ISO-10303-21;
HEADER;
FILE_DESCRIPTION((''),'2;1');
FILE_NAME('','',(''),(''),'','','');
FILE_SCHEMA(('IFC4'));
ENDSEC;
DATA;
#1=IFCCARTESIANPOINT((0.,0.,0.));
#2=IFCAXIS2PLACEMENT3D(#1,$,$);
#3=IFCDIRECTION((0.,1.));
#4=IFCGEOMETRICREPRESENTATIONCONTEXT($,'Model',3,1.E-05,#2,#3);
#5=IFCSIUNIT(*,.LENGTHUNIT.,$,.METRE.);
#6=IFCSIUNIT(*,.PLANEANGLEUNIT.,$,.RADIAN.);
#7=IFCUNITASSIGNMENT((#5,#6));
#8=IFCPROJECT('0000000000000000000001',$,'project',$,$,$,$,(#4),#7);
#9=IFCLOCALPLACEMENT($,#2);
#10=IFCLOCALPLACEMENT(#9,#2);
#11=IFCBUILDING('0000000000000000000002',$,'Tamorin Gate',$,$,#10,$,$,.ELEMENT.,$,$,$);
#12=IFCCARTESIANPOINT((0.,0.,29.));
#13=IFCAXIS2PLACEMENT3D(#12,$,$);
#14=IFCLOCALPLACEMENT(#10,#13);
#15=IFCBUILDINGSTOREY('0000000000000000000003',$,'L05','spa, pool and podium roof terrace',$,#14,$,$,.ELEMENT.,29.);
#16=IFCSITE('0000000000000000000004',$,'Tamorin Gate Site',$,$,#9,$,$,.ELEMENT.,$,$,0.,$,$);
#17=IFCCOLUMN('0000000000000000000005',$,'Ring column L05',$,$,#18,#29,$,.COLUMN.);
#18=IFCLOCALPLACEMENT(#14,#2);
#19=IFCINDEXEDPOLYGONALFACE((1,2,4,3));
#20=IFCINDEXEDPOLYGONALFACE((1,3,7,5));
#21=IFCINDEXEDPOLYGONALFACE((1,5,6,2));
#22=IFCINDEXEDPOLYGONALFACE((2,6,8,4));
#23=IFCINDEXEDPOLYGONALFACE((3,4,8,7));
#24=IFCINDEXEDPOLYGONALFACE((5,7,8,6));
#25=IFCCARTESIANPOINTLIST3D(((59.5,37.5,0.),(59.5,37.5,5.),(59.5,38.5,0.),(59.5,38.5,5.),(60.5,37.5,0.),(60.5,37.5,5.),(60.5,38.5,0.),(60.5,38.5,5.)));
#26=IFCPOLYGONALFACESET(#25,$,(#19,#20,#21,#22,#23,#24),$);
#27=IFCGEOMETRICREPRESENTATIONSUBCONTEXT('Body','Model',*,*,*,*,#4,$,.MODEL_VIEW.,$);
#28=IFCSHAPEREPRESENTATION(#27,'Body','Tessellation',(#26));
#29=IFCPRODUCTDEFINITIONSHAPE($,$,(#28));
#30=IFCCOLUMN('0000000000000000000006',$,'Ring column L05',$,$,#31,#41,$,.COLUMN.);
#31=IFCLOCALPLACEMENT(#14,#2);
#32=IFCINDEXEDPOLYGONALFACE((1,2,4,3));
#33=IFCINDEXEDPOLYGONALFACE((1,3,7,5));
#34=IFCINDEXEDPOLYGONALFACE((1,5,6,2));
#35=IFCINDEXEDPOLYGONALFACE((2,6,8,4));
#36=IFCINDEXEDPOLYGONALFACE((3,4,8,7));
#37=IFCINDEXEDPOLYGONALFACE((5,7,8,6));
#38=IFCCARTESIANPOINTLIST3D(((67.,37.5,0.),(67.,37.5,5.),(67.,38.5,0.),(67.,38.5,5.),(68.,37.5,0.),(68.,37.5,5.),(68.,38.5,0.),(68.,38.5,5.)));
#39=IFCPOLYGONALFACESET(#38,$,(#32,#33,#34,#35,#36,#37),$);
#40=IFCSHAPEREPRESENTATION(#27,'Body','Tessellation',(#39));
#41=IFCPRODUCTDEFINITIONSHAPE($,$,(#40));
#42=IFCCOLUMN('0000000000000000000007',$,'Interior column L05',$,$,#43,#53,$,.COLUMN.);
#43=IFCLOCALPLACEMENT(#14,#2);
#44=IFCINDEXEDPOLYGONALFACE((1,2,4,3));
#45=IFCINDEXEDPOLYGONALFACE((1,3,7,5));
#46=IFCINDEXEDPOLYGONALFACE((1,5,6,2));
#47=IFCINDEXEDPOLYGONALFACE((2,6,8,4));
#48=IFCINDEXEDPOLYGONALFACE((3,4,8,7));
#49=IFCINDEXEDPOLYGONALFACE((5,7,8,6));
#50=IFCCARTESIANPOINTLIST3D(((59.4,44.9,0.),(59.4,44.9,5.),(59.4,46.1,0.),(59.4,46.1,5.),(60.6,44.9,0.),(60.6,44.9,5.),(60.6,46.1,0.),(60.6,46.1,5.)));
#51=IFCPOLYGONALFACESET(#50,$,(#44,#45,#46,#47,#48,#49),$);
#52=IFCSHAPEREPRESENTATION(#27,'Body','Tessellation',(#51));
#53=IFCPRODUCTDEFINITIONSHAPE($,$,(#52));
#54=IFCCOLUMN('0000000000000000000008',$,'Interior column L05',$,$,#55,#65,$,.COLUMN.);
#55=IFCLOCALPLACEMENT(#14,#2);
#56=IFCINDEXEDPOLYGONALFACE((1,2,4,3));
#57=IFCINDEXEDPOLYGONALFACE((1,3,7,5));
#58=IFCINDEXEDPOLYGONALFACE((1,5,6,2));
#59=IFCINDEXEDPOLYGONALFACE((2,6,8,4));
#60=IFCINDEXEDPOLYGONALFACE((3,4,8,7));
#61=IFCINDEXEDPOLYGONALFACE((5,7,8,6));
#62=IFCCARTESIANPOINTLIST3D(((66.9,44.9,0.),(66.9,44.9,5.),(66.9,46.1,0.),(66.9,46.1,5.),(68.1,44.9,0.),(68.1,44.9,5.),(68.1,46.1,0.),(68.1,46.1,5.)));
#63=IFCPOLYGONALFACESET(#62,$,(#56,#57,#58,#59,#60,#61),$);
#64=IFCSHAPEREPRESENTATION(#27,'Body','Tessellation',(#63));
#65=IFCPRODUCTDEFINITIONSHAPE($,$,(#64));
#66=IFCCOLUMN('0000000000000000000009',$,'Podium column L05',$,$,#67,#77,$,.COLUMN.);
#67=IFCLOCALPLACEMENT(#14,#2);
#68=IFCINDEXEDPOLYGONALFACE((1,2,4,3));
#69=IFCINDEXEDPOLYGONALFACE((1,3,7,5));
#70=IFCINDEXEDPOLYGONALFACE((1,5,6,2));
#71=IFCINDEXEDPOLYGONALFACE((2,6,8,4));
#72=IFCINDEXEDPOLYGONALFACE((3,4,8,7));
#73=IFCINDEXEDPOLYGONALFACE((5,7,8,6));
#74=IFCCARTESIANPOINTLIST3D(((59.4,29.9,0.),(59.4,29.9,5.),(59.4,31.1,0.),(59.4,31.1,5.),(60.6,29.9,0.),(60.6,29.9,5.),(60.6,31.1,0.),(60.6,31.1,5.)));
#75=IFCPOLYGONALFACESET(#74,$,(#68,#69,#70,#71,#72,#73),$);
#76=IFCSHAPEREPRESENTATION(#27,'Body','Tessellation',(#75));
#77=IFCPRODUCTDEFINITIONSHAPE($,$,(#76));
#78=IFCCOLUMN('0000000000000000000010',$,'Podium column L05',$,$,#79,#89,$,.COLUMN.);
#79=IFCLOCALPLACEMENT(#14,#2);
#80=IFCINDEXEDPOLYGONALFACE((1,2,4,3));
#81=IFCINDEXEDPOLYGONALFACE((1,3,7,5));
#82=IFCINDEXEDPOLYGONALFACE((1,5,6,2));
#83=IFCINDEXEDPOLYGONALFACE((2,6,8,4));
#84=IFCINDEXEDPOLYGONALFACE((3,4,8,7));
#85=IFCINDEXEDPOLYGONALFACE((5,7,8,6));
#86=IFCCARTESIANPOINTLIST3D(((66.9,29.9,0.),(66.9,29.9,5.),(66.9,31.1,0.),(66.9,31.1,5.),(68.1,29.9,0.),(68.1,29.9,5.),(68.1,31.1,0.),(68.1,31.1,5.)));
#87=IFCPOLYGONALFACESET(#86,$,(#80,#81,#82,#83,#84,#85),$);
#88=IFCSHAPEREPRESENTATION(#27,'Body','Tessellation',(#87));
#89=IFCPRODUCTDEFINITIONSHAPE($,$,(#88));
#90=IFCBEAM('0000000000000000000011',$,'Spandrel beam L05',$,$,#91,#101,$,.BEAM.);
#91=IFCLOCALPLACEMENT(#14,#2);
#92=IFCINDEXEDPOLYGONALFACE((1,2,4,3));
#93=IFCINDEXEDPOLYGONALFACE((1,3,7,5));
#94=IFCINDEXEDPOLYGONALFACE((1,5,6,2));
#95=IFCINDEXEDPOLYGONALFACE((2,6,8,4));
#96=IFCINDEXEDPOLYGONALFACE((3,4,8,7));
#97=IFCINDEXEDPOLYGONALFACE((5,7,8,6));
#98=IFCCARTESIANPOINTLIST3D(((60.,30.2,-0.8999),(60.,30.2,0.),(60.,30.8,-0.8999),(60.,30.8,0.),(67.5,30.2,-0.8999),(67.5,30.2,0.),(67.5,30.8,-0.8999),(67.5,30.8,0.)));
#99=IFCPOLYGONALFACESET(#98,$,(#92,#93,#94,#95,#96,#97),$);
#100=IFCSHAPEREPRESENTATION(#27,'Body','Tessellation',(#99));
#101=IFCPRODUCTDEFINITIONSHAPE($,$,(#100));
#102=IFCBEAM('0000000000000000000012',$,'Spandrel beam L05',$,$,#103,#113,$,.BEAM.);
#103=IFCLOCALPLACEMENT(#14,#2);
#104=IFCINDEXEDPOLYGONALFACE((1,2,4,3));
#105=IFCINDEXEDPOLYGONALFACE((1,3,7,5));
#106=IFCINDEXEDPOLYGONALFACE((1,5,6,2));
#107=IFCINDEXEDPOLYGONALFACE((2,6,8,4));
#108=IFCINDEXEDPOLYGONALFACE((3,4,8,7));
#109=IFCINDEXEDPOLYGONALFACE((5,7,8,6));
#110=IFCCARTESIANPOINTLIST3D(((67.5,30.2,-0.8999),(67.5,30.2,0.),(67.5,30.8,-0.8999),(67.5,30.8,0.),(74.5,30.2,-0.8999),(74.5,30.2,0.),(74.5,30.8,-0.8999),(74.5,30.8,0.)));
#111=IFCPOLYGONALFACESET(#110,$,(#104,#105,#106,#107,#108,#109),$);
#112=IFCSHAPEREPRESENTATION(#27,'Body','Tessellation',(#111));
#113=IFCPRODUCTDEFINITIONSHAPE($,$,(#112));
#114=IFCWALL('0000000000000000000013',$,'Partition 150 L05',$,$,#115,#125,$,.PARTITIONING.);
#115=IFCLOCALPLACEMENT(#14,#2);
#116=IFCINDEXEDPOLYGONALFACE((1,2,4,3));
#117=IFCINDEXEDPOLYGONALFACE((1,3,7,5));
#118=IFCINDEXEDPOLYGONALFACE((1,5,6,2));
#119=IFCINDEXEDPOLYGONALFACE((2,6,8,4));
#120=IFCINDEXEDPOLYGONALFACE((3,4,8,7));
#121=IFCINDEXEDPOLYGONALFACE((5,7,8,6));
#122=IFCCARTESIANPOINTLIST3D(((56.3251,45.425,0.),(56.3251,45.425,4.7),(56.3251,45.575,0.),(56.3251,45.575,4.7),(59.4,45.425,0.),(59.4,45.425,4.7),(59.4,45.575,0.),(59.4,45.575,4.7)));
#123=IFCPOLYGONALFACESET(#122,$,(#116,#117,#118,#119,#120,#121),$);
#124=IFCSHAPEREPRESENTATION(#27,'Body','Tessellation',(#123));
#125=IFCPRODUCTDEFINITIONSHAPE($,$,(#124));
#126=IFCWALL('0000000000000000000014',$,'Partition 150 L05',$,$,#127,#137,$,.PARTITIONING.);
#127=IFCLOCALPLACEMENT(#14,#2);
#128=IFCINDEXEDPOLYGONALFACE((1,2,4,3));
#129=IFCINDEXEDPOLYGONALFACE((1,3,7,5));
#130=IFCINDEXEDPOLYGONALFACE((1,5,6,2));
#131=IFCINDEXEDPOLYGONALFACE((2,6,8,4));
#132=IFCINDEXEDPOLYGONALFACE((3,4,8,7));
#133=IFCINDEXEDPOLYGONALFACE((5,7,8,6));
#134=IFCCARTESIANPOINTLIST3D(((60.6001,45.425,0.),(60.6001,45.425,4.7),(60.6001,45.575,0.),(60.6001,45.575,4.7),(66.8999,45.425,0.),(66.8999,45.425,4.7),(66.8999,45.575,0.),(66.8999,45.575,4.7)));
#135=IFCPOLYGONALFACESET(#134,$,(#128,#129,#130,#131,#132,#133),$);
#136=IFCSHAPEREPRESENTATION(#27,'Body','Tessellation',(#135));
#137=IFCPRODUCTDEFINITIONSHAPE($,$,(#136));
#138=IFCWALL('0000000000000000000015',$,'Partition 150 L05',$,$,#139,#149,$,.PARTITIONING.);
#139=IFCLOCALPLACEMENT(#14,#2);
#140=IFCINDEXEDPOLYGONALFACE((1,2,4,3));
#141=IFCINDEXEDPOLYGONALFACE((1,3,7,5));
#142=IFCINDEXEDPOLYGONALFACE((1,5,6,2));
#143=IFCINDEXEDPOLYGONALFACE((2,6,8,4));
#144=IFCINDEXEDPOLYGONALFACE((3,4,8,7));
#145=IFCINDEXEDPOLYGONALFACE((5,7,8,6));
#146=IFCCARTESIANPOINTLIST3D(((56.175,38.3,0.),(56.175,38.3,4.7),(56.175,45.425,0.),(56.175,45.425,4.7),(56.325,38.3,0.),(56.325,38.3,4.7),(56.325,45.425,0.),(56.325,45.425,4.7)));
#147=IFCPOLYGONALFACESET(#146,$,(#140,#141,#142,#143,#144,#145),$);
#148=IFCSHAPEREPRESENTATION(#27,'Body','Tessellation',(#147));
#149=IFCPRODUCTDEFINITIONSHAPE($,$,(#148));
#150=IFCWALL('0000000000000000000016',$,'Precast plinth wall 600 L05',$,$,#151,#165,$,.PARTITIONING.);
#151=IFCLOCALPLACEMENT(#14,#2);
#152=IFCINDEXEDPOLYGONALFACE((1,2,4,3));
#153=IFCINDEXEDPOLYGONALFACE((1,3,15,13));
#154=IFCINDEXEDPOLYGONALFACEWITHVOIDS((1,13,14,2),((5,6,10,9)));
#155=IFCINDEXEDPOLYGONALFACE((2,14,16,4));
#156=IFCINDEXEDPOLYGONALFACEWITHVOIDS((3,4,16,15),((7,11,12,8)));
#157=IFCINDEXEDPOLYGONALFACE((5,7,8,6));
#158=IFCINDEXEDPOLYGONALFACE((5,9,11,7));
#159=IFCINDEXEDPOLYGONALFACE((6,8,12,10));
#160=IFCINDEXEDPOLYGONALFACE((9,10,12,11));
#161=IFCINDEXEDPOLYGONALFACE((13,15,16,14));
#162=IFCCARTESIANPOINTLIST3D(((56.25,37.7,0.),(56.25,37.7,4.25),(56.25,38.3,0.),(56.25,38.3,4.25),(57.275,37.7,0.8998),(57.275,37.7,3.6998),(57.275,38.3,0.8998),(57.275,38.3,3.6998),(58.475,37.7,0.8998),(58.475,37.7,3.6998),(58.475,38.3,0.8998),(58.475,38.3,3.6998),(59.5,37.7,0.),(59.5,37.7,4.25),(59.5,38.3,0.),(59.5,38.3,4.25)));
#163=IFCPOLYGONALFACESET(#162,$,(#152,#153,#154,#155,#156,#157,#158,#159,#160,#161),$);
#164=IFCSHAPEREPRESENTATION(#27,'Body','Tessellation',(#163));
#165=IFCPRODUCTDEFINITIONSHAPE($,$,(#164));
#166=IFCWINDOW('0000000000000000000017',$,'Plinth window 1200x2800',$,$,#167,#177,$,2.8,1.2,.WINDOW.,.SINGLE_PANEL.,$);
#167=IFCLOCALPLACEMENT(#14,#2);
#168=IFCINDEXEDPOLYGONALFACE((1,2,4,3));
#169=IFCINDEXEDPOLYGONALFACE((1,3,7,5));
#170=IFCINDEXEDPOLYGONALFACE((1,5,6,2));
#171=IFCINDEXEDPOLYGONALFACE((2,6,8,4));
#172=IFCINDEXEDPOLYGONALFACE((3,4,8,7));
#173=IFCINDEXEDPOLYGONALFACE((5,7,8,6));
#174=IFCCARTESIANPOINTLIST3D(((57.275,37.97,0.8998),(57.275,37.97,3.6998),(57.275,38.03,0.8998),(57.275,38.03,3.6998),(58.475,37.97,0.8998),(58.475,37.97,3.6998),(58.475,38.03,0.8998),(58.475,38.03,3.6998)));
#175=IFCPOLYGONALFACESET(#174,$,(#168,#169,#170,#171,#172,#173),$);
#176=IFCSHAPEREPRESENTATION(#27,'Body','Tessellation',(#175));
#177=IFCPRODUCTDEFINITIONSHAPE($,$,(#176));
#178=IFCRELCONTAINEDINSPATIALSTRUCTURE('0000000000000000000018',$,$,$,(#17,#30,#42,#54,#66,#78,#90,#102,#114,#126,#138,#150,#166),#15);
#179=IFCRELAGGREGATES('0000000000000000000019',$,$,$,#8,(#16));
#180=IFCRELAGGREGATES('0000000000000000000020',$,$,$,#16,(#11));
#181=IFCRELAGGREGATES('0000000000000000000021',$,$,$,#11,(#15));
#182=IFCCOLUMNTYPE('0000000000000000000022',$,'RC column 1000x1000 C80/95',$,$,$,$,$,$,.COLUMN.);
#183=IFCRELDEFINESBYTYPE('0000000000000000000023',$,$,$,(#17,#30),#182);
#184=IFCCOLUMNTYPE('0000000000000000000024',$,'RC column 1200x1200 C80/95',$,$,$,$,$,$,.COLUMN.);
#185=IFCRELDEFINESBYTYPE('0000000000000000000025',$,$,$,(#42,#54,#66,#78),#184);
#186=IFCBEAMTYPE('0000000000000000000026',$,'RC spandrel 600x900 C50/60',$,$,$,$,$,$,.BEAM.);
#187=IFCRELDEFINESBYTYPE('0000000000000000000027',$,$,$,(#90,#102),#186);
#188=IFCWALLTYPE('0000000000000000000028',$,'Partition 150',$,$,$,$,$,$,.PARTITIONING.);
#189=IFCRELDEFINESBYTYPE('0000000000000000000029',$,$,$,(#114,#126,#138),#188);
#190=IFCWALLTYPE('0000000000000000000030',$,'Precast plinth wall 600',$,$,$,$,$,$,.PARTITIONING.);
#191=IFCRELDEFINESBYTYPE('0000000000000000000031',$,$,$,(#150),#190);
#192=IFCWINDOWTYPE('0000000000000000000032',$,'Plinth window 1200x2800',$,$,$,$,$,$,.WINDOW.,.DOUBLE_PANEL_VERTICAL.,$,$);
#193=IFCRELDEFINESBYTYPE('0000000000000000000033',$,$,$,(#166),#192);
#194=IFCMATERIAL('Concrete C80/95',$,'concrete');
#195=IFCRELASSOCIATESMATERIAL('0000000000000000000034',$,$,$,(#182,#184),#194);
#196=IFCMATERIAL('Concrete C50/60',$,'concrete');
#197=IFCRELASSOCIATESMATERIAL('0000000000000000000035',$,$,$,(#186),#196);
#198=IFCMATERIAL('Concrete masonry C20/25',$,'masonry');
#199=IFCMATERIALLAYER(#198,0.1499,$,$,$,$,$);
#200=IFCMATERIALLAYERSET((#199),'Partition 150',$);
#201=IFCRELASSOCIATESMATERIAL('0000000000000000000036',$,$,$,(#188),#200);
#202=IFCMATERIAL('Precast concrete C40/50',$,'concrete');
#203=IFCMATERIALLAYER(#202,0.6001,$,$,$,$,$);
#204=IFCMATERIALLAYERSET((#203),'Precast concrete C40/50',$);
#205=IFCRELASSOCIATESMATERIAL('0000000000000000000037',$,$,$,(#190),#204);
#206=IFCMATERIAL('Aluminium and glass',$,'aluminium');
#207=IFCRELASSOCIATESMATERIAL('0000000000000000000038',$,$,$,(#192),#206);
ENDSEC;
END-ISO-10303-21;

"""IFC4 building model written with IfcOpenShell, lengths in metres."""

from ifc_helpers import new_model, si_unit, direction, frame, frame_2d, origin, origin_2d, place, context, subcontext, project, spatial, rectangle, extrude, material, layer, layer_set, material_profile, profile_set, type_object, element, fill, save


model = new_model("IFC4")

# Units and contexts
model_context = context("Model", 3, precision=1e-05, world=origin(), true_north=direction((0.0, 1.0)))
body_context = subcontext(model_context, "Body", "Model", "MODEL_VIEW")
ifc_project = project(units=[si_unit("LENGTHUNIT", "METRE"), si_unit("PLANEANGLEUNIT", "RADIAN")], contexts=[model_context])

# Site, building, storey
site_placement = place(None, origin())
site = spatial("IfcSite", under=ifc_project, at=site_placement, Name="Tamorin Gate Site", CompositionType="ELEMENT", RefElevation=0.0)
building_placement = place(site_placement, origin())
building = spatial("IfcBuilding", under=site, at=building_placement, Name="Tamorin Gate", CompositionType="ELEMENT")
storey_placement = place(building_placement, frame((0.0, 0.0, 29.0)))
storey = spatial("IfcBuildingStorey", under=building, at=storey_placement, Name="L05", Description="spa, pool and podium roof terrace", CompositionType="ELEMENT", Elevation=29.0)

# Columns
ifc_material_1 = material(Name="Concrete C80/95", Category="concrete")
ifc_material_profile_1 = material_profile(ifc_material_1, rectangle(XDim=1.0, YDim=1.0, at=origin_2d()), Name="RC 1000x1000")
ifc_profile_set_1 = profile_set([ifc_material_profile_1], Name="Concrete C80/95")
column_type_1 = type_object("IfcColumnType", Name="RC column 1000x1000 C80/95", PredefinedType="COLUMN", material=ifc_profile_set_1)
for number, where, z_axis, x_axis, name in (
    (1, (60.0, 38.0, 0.0), (0.0, 0.0, 1.0), (1.0, 0.0, 0.0), "Ring column L05"),
    (2, (67.5, 38.0, 0.0), (0.0, 0.0, 1.0), (1.0, 0.0, 0.0), "Ring column L05"),
):
    element("IfcColumn", number, at=place(storey_placement, frame(where, z_axis=z_axis, x_axis=x_axis)), inside=storey, type_object=column_type_1, Name=name, PredefinedType="COLUMN", context=body_context, shape_type="SweptSolid", body=[
        extrude(rectangle(XDim=1.0, YDim=1.0, at=origin_2d()), origin(), (0.0, 0.0, 1.0), 5.0),
    ])
ifc_material_profile_2 = material_profile(ifc_material_1, rectangle(XDim=1.2, YDim=1.2, at=origin_2d()), Name="RC 1200x1200")
ifc_profile_set_2 = profile_set([ifc_material_profile_2], Name="Concrete C80/95")
column_type_2 = type_object("IfcColumnType", Name="RC column 1200x1200 C80/95", PredefinedType="COLUMN", material=ifc_profile_set_2)
for number, where, z_axis, x_axis, name in (
    (3, (60.0, 45.5, 0.0), (0.0, 0.0, 1.0), (1.0, 0.0, 0.0), "Interior column L05"),
    (4, (67.5, 45.5, 0.0), (0.0, 0.0, 1.0), (1.0, 0.0, 0.0), "Interior column L05"),
    (5, (60.0, 30.5, 0.0), (0.0, 0.0, 1.0), (1.0, 0.0, 0.0), "Podium column L05"),
    (6, (67.5, 30.5, 0.0), (0.0, 0.0, 1.0), (1.0, 0.0, 0.0), "Podium column L05"),
):
    element("IfcColumn", number, at=place(storey_placement, frame(where, z_axis=z_axis, x_axis=x_axis)), inside=storey, type_object=column_type_2, Name=name, PredefinedType="COLUMN", context=body_context, shape_type="SweptSolid", body=[
        extrude(rectangle(XDim=1.2, YDim=1.2, at=origin_2d()), origin(), (0.0, 0.0, 1.0), 5.0),
    ])

# Beams
ifc_material_2 = material(Name="Concrete C50/60", Category="concrete")
ifc_material_profile_3 = material_profile(ifc_material_2, rectangle(XDim=0.6001, YDim=0.8999, at=origin_2d()), Name="RC 600x900")
ifc_profile_set_3 = profile_set([ifc_material_profile_3], Name="Concrete C50/60")
beam_type = type_object("IfcBeamType", Name="RC spandrel 600x900 C50/60", PredefinedType="BEAM", material=ifc_profile_set_3)
beam_1_placement = place(storey_placement, frame((60.0, 30.5, -0.45), z_axis=(1.0, 0.0, 0.0), x_axis=(0.0, 1.0, 0.0)))
element("IfcBeam", 7, at=beam_1_placement, inside=storey, type_object=beam_type, Name="Spandrel beam L05", PredefinedType="BEAM", context=body_context, shape_type="SweptSolid", body=[
    extrude(rectangle(XDim=0.6001, YDim=0.8999, at=origin_2d()), origin(), (0.0, 0.0, 1.0), 7.5),
])
beam_2_placement = place(storey_placement, frame((67.5, 30.5, -0.45), z_axis=(1.0, 0.0, 0.0), x_axis=(0.0, 1.0, 0.0)))
element("IfcBeam", 8, at=beam_2_placement, inside=storey, type_object=beam_type, Name="Spandrel beam L05", PredefinedType="BEAM", context=body_context, shape_type="SweptSolid", body=[
    extrude(rectangle(XDim=0.6001, YDim=0.8999, at=origin_2d()), origin(), (0.0, 0.0, 1.0), 7.0),
])

# Walls
ifc_material_3 = material(Name="Concrete masonry C20/25", Category="masonry")
ifc_layer_1 = layer(ifc_material_3, 0.1499)
ifc_layer_set_1 = layer_set([ifc_layer_1], Name="Partition 150")
wall_type_1 = type_object("IfcWallType", Name="Partition 150", PredefinedType="PARTITIONING", material=ifc_layer_set_1)
wall_1_placement = place(storey_placement, frame((56.325, 45.5, 0.0), z_axis=(0.0, 0.0, 1.0), x_axis=(1.0, 0.0, 0.0)))
element("IfcWall", 9, at=wall_1_placement, inside=storey, type_object=wall_type_1, Name="Partition 150 L05", PredefinedType="PARTITIONING", context=body_context, shape_type="SweptSolid", body=[
    extrude(rectangle(XDim=3.075, YDim=0.1499, at=frame_2d((1.5376, 0.0))), origin(), (0.0, 0.0, 1.0), 4.7),
])
wall_2_placement = place(storey_placement, frame((60.6001, 45.5, 0.0), z_axis=(0.0, 0.0, 1.0), x_axis=(1.0, 0.0, 0.0)))
element("IfcWall", 10, at=wall_2_placement, inside=storey, type_object=wall_type_1, Name="Partition 150 L05", PredefinedType="PARTITIONING", context=body_context, shape_type="SweptSolid", body=[
    extrude(rectangle(XDim=6.2998, YDim=0.1499, at=frame_2d((3.1499, 0.0))), origin(), (0.0, 0.0, 1.0), 4.7),
])

# Wall
wall_3_placement = place(storey_placement, frame((56.25, 38.3, 0.0), z_axis=(0.0, 0.0, 1.0), x_axis=(0.0, 1.0, 0.0)))
element("IfcWall", 11, at=wall_3_placement, inside=storey, type_object=wall_type_1, Name="Partition 150 L05", PredefinedType="PARTITIONING", context=body_context, shape_type="SweptSolid", body=[
    extrude(rectangle(XDim=7.125, YDim=0.1499, at=frame_2d((3.5625, 0.0))), origin(), (0.0, 0.0, 1.0), 4.7),
])

# Wall, opening, window
ifc_material_4 = material(Name="Precast concrete C40/50", Category="concrete")
ifc_layer_2 = layer(ifc_material_4, 0.6001)
ifc_layer_set_2 = layer_set([ifc_layer_2], Name="Precast concrete C40/50")
wall_type_2 = type_object("IfcWallType", Name="Precast plinth wall 600", PredefinedType="PARTITIONING", material=ifc_layer_set_2)
wall_4_placement = place(storey_placement, frame((56.25, 38.0, 0.0), z_axis=(0.0, 0.0, 1.0), x_axis=(1.0, 0.0, 0.0)))
wall_4 = element("IfcWall", 12, at=wall_4_placement, inside=storey, type_object=wall_type_2, Name="Precast plinth wall 600 L05", PredefinedType="PARTITIONING", context=body_context, shape_type="SweptSolid", body=[
    extrude(rectangle(XDim=3.25, YDim=0.6001, at=frame_2d((1.625, 0.0))), origin(), (0.0, 0.0, 1.0), 4.25),
])
opening_1_placement = place(wall_4_placement, frame((1.0249, 0.0, 0.8999)))
opening_1 = element("IfcOpeningElement", 13, at=opening_1_placement, cuts=wall_4, PredefinedType="OPENING", context=body_context, shape_type="SweptSolid", body=[
    extrude(rectangle(XDim=1.2, YDim=2.8, at=frame_2d((0.6001, 1.3999))), frame((0.0, 0.3101, 0.0), z_axis=(0.0, -1.0, 0.0), x_axis=(1.0, 0.0, 0.0)), (0.0, 0.0, 1.0), 0.6201),
])
ifc_material_5 = material(Name="Aluminium and glass", Category="aluminium")
window_type_1 = type_object("IfcWindowType", Name="Plinth window 1200x2800", PartitioningType="DOUBLE_PANEL_VERTICAL", PredefinedType="WINDOW", material=ifc_material_5)
window_1_placement = place(opening_1_placement, origin())
window_1 = element("IfcWindow", 14, at=window_1_placement, inside=storey, type_object=window_type_1, Name="Plinth window 1200x2800", OverallHeight=2.8, OverallWidth=1.2, PartitioningType="SINGLE_PANEL", PredefinedType="WINDOW", context=body_context, shape_type="SweptSolid", body=[
    extrude(rectangle(XDim=1.2, YDim=2.8, at=frame_2d((0.6001, 1.3999))), frame((0.0, 0.03, 0.0), z_axis=(0.0, -1.0, 0.0), x_axis=(1.0, 0.0, 0.0)), (0.0, 0.0, 1.0), 0.0601),
])
fill(opening_1, window_1)

save(model, "model.ifc")
